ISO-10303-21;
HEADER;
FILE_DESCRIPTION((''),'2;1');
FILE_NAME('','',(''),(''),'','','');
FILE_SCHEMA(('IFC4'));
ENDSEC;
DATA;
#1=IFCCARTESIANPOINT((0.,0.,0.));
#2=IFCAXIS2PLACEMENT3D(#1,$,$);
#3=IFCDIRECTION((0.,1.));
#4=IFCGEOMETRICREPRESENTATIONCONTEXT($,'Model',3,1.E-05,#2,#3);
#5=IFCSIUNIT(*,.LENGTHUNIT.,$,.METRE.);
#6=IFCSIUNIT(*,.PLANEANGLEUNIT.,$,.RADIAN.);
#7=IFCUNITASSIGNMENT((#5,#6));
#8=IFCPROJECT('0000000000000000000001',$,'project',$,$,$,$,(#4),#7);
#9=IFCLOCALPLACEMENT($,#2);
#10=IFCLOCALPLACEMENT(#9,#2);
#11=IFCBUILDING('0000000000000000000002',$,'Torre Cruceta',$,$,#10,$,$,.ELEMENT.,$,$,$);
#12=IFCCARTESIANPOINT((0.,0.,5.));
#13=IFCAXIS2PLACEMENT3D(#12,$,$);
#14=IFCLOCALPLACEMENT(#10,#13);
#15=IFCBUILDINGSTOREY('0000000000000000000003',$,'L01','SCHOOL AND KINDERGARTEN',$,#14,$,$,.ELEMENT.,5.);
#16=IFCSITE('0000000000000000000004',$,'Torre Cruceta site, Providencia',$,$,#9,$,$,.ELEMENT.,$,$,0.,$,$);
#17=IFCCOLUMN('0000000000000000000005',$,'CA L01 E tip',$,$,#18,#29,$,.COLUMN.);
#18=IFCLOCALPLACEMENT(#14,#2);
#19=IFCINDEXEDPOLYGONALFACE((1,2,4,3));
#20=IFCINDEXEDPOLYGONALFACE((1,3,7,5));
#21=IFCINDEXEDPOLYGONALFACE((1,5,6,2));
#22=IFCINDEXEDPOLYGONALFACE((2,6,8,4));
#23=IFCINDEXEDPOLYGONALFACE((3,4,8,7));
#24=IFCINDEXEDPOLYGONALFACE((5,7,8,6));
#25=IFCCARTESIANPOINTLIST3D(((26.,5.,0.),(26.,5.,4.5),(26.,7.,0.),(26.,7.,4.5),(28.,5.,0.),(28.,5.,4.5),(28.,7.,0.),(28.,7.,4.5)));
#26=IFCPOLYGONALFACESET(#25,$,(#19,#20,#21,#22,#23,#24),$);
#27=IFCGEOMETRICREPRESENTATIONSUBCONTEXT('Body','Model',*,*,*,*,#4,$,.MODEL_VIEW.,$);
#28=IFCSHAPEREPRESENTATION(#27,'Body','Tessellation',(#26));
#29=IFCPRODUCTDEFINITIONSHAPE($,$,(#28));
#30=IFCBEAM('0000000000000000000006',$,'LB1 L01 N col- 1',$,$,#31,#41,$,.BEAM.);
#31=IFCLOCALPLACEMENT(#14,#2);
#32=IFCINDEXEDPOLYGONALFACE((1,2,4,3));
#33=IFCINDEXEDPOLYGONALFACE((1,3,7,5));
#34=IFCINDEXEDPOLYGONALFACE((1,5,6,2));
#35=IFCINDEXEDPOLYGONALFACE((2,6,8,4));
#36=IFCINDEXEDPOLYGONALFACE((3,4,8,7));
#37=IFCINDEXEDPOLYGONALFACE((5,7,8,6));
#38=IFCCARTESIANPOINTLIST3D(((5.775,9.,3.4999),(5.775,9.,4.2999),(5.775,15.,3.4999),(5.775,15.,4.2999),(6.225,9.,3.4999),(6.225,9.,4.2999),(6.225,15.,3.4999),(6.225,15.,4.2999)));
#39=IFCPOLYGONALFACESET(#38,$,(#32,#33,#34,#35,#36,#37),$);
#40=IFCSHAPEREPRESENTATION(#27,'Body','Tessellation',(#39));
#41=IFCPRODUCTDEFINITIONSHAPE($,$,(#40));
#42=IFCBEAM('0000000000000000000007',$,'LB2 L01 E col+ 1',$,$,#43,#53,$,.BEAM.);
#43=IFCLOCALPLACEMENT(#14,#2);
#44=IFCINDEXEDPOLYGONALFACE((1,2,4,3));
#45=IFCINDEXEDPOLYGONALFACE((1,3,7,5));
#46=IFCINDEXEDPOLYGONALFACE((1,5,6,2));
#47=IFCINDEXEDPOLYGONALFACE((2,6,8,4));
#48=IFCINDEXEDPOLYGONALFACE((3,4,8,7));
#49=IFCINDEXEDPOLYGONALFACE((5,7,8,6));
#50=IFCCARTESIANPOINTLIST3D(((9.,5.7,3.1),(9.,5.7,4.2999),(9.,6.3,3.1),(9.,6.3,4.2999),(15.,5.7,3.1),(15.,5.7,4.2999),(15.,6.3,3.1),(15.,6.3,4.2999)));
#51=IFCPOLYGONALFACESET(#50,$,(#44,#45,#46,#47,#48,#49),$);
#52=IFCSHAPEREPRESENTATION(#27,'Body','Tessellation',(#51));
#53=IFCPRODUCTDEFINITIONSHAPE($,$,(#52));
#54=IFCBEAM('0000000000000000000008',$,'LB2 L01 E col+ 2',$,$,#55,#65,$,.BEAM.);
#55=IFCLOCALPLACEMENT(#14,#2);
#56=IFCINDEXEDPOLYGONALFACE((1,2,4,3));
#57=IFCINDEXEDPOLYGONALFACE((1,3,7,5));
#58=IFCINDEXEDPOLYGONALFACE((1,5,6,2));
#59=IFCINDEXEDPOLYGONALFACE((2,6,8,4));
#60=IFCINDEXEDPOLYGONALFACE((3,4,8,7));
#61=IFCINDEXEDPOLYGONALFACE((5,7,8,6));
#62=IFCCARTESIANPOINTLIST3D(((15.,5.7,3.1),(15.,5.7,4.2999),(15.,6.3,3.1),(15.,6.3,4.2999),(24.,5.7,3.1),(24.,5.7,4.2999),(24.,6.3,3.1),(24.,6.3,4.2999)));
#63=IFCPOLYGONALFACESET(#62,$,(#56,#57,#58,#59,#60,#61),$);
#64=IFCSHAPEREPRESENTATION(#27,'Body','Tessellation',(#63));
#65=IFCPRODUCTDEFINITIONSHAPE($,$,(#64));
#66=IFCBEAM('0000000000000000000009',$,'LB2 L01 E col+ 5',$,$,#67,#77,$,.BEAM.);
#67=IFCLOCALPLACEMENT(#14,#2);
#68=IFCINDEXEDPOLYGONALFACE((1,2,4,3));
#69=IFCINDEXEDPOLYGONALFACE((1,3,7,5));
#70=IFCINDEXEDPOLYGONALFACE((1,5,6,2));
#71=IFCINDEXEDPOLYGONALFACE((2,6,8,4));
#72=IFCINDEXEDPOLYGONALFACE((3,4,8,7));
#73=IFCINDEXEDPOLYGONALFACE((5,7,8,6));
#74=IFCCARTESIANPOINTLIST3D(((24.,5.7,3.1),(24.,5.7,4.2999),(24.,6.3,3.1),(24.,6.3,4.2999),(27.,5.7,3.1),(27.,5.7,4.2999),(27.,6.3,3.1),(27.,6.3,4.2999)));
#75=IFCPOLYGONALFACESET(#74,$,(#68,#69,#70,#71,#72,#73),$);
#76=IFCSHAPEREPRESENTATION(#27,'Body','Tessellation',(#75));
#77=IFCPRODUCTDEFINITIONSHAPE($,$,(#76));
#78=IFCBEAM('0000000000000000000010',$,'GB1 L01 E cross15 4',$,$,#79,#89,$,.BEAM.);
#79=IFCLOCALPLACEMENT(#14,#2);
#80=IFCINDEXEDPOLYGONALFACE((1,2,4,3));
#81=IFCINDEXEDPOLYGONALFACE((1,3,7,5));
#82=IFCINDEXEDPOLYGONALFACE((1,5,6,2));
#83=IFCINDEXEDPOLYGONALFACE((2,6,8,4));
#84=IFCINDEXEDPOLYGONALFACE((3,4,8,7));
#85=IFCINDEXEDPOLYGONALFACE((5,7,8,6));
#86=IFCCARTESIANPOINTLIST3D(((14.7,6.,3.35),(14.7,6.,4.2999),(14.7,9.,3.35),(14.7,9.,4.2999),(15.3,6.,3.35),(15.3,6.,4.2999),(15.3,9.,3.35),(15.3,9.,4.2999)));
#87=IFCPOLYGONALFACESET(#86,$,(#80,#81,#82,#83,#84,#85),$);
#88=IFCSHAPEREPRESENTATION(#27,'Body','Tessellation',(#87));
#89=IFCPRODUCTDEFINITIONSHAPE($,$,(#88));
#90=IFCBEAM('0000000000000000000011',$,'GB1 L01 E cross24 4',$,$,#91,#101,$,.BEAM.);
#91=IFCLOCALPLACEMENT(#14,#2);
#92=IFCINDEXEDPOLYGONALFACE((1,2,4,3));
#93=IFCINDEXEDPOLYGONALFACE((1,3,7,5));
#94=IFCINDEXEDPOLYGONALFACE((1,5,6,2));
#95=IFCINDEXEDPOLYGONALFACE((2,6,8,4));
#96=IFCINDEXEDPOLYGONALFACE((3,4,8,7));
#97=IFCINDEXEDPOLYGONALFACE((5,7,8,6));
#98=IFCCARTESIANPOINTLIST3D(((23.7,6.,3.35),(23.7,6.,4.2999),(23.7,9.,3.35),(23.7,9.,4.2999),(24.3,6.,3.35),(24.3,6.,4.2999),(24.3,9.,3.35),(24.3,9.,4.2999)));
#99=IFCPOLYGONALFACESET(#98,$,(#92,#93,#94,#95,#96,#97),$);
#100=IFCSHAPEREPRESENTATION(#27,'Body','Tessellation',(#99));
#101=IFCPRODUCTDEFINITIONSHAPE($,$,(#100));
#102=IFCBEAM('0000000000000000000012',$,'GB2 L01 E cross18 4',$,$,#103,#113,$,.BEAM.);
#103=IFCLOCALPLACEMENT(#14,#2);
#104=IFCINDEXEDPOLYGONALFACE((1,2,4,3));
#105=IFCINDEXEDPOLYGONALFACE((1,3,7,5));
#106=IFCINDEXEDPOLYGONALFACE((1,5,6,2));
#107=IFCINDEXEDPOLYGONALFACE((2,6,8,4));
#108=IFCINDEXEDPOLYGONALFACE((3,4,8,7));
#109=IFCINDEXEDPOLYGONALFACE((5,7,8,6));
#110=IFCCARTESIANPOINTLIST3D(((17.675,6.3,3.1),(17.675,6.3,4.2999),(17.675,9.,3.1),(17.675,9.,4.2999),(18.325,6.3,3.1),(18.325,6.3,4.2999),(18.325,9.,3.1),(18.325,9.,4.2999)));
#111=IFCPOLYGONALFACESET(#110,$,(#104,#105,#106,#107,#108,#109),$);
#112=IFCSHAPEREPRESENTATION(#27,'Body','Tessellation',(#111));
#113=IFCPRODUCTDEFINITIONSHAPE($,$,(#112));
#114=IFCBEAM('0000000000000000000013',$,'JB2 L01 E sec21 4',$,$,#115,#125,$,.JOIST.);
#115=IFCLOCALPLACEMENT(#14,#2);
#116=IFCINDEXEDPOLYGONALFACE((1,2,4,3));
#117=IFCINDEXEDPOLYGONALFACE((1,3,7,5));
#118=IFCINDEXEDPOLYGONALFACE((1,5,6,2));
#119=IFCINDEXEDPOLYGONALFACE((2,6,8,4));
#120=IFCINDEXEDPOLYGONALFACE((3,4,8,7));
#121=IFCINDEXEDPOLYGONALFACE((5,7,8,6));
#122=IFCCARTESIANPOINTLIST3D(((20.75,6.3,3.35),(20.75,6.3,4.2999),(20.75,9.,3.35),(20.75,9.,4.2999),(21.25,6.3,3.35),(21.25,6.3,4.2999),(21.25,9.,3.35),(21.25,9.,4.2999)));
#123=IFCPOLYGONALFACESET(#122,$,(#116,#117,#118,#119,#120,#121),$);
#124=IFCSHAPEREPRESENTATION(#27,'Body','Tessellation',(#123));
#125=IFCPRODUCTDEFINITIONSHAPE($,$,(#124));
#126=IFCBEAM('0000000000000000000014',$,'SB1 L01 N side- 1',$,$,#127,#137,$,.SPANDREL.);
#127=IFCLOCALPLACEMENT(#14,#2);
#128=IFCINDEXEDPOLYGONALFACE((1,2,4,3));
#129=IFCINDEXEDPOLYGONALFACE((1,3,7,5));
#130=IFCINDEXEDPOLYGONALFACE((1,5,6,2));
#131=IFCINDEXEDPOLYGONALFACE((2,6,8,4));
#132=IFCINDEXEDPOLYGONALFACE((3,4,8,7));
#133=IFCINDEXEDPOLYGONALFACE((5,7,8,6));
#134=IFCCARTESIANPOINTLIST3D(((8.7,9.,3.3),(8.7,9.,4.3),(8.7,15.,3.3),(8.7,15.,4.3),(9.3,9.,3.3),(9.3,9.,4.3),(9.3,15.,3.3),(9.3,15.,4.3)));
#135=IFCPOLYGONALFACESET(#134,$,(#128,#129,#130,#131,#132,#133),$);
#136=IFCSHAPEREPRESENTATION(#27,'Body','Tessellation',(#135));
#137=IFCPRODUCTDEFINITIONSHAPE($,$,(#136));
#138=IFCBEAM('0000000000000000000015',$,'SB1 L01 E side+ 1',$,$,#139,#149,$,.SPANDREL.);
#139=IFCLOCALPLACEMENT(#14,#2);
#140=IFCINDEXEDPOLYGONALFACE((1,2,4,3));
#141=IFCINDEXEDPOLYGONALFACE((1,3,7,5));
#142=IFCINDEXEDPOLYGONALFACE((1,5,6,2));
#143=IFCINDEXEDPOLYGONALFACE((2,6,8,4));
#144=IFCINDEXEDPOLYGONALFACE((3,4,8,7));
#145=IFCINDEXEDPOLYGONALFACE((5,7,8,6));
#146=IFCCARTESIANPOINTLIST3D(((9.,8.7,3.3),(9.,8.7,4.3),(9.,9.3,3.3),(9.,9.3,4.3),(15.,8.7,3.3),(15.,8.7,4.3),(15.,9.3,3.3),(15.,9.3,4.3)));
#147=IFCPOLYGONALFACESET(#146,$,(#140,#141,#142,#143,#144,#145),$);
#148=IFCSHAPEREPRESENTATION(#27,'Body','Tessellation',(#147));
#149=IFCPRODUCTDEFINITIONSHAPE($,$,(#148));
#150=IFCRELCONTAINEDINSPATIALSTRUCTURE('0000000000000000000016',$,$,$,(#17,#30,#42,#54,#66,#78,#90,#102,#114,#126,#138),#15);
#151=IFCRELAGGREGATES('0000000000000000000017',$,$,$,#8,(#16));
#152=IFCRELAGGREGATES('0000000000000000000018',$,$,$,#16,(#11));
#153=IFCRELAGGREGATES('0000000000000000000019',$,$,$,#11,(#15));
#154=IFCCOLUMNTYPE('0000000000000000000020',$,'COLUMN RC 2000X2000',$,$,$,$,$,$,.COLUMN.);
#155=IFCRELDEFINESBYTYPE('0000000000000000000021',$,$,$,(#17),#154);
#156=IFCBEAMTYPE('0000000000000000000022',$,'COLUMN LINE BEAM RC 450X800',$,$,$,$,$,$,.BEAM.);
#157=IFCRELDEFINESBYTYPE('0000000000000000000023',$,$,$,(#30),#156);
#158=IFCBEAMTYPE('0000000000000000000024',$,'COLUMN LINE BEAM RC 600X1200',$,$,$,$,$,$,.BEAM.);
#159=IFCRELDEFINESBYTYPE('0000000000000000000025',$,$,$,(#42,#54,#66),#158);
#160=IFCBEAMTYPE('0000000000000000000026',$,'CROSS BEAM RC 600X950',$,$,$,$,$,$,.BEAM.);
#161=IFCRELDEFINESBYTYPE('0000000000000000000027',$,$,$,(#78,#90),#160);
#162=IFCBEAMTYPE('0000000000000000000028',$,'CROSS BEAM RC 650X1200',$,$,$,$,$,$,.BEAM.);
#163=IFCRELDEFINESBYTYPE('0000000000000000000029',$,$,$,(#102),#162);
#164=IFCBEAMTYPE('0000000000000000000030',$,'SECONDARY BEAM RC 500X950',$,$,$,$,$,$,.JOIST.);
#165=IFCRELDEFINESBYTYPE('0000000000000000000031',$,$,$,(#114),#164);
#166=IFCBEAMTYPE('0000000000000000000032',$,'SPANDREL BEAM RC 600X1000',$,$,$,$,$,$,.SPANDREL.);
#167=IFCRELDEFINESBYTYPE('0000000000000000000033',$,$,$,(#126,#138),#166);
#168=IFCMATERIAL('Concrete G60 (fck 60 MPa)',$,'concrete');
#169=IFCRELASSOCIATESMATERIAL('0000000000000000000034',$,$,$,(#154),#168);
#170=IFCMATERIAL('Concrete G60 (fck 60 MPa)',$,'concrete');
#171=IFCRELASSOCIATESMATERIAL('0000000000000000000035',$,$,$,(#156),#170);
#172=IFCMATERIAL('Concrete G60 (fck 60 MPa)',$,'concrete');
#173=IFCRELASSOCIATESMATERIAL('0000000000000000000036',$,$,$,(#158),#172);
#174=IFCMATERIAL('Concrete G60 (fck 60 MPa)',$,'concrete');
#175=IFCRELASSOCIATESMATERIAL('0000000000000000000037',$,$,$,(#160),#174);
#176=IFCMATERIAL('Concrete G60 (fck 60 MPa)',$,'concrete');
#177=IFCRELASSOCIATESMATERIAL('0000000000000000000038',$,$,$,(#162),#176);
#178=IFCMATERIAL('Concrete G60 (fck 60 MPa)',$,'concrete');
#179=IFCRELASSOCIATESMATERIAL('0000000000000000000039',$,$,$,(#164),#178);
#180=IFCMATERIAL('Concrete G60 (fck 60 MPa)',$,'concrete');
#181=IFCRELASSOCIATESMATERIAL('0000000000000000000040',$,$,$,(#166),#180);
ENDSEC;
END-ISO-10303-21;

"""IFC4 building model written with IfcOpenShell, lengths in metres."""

from ifc_helpers import new_model, si_unit, direction, frame, origin, origin_2d, place, context, subcontext, project, spatial, rectangle, extrude, material, material_profile, profile_set, type_object, element, save


model = new_model("IFC4")

# Units and contexts
model_context = context("Model", 3, precision=1e-05, world=origin(), true_north=direction((0.0, 1.0)))
body_context = subcontext(model_context, "Body", "Model", "MODEL_VIEW")
ifc_project = project(units=[si_unit("LENGTHUNIT", "METRE"), si_unit("PLANEANGLEUNIT", "RADIAN")], contexts=[model_context])

# Site, building, storey
site_placement = place(None, origin())
site = spatial("IfcSite", under=ifc_project, at=site_placement, Name="Torre Cruceta site, Providencia", CompositionType="ELEMENT", RefElevation=0.0)
building_placement = place(site_placement, origin())
building = spatial("IfcBuilding", under=site, at=building_placement, Name="Torre Cruceta", CompositionType="ELEMENT")
storey_placement = place(building_placement, frame((0.0, 0.0, 5.0)))
storey = spatial("IfcBuildingStorey", under=building, at=storey_placement, Name="L01", Description="SCHOOL AND KINDERGARTEN", CompositionType="ELEMENT", Elevation=5.0)

# Column
ifc_material_1 = material(Name="Concrete G60 (fck 60 MPa)", Category="concrete")
ifc_material_profile_1 = material_profile(ifc_material_1, rectangle(XDim=2.0, YDim=2.0, at=origin_2d()), Name="RC 2000X2000")
ifc_profile_set_1 = profile_set([ifc_material_profile_1], Name="Concrete G60 (fck 60 MPa)")
column_type = type_object("IfcColumnType", Name="COLUMN RC 2000X2000", PredefinedType="COLUMN", material=ifc_profile_set_1)
column_placement = place(storey_placement, frame((27.0, 6.0, 0.0), z_axis=(0.0, 0.0, 1.0), x_axis=(1.0, 0.0, 0.0)))
element("IfcColumn", 1, at=column_placement, inside=storey, type_object=column_type, Name="CA L01 E tip", PredefinedType="COLUMN", context=body_context, shape_type="SweptSolid", body=[
    extrude(rectangle(XDim=2.0, YDim=2.0, at=origin_2d()), origin(), (0.0, 0.0, 1.0), 4.5),
])

# Beams
ifc_material_2 = material(Name="Concrete G60 (fck 60 MPa)", Category="concrete")
ifc_material_profile_2 = material_profile(ifc_material_2, rectangle(XDim=0.45, YDim=0.8, at=origin_2d()), Name="RC 450X800")
ifc_profile_set_2 = profile_set([ifc_material_profile_2], Name="Concrete G60 (fck 60 MPa)")
beam_type_1 = type_object("IfcBeamType", Name="COLUMN LINE BEAM RC 450X800", PredefinedType="BEAM", material=ifc_profile_set_2)
beam_1_placement = place(storey_placement, frame((6.0, 9.0, 3.8999), z_axis=(0.0, 1.0, 0.0), x_axis=(-1.0, 0.0, 0.0)))
element("IfcBeam", 2, at=beam_1_placement, inside=storey, type_object=beam_type_1, Name="LB1 L01 N col- 1", PredefinedType="BEAM", context=body_context, shape_type="SweptSolid", body=[
    extrude(rectangle(XDim=0.45, YDim=0.8, at=origin_2d()), origin(), (0.0, 0.0, 1.0), 6.0),
])
ifc_material_3 = material(Name="Concrete G60 (fck 60 MPa)", Category="concrete")
ifc_material_profile_3 = material_profile(ifc_material_3, rectangle(XDim=0.6001, YDim=1.2, at=origin_2d()), Name="RC 600X1200")
ifc_profile_set_3 = profile_set([ifc_material_profile_3], Name="Concrete G60 (fck 60 MPa)")
beam_type_2 = type_object("IfcBeamType", Name="COLUMN LINE BEAM RC 600X1200", PredefinedType="BEAM", material=ifc_profile_set_3)
beam_2_placement = place(storey_placement, frame((9.0, 6.0, 3.7), z_axis=(1.0, 0.0, 0.0), x_axis=(0.0, 1.0, 0.0)))
element("IfcBeam", 3, at=beam_2_placement, inside=storey, type_object=beam_type_2, Name="LB2 L01 E col+ 1", PredefinedType="BEAM", context=body_context, shape_type="SweptSolid", body=[
    extrude(rectangle(XDim=0.6001, YDim=1.2, at=origin_2d()), origin(), (0.0, 0.0, 1.0), 6.0),
])
beam_3_placement = place(storey_placement, frame((15.0, 6.0, 3.7), z_axis=(1.0, 0.0, 0.0), x_axis=(0.0, 1.0, 0.0)))
element("IfcBeam", 4, at=beam_3_placement, inside=storey, type_object=beam_type_2, Name="LB2 L01 E col+ 2", PredefinedType="BEAM", context=body_context, shape_type="SweptSolid", body=[
    extrude(rectangle(XDim=0.6001, YDim=1.2, at=origin_2d()), origin(), (0.0, 0.0, 1.0), 9.0),
])
beam_4_placement = place(storey_placement, frame((24.0, 6.0, 3.7), z_axis=(1.0, 0.0, 0.0), x_axis=(0.0, 1.0, 0.0)))
element("IfcBeam", 5, at=beam_4_placement, inside=storey, type_object=beam_type_2, Name="LB2 L01 E col+ 5", PredefinedType="BEAM", context=body_context, shape_type="SweptSolid", body=[
    extrude(rectangle(XDim=0.6001, YDim=1.2, at=origin_2d()), origin(), (0.0, 0.0, 1.0), 3.0),
])
ifc_material_4 = material(Name="Concrete G60 (fck 60 MPa)", Category="concrete")
ifc_material_profile_4 = material_profile(ifc_material_4, rectangle(XDim=0.6001, YDim=0.95, at=origin_2d()), Name="RC 600X950")
ifc_profile_set_4 = profile_set([ifc_material_profile_4], Name="Concrete G60 (fck 60 MPa)")
beam_type_3 = type_object("IfcBeamType", Name="CROSS BEAM RC 600X950", PredefinedType="BEAM", material=ifc_profile_set_4)
for number, where, z_axis, x_axis, name in (
    (6, (15.0, 6.0, 3.825), (0.0, 1.0, 0.0), (-1.0, 0.0, 0.0), "GB1 L01 E cross15 4"),
    (7, (24.0, 6.0, 3.825), (0.0, 1.0, 0.0), (-1.0, 0.0, 0.0), "GB1 L01 E cross24 4"),
):
    element("IfcBeam", number, at=place(storey_placement, frame(where, z_axis=z_axis, x_axis=x_axis)), inside=storey, type_object=beam_type_3, Name=name, PredefinedType="BEAM", context=body_context, shape_type="SweptSolid", body=[
        extrude(rectangle(XDim=0.6001, YDim=0.95, at=origin_2d()), origin(), (0.0, 0.0, 1.0), 3.0),
    ])
ifc_material_5 = material(Name="Concrete G60 (fck 60 MPa)", Category="concrete")
ifc_material_profile_5 = material_profile(ifc_material_5, rectangle(XDim=0.6499, YDim=1.2, at=origin_2d()), Name="RC 650X1200")
ifc_profile_set_5 = profile_set([ifc_material_profile_5], Name="Concrete G60 (fck 60 MPa)")
beam_type_4 = type_object("IfcBeamType", Name="CROSS BEAM RC 650X1200", PredefinedType="BEAM", material=ifc_profile_set_5)
beam_5_placement = place(storey_placement, frame((18.0, 6.3, 3.7), z_axis=(0.0, 1.0, 0.0), x_axis=(-1.0, 0.0, 0.0)))
element("IfcBeam", 8, at=beam_5_placement, inside=storey, type_object=beam_type_4, Name="GB2 L01 E cross18 4", PredefinedType="BEAM", context=body_context, shape_type="SweptSolid", body=[
    extrude(rectangle(XDim=0.6499, YDim=1.2, at=origin_2d()), origin(), (0.0, 0.0, 1.0), 2.7),
])
ifc_material_6 = material(Name="Concrete G60 (fck 60 MPa)", Category="concrete")
ifc_material_profile_6 = material_profile(ifc_material_6, rectangle(XDim=0.5, YDim=0.95, at=origin_2d()), Name="RC 500X950")
ifc_profile_set_6 = profile_set([ifc_material_profile_6], Name="Concrete G60 (fck 60 MPa)")
beam_type_5 = type_object("IfcBeamType", Name="SECONDARY BEAM RC 500X950", PredefinedType="JOIST", material=ifc_profile_set_6)
beam_6_placement = place(storey_placement, frame((21.0, 6.3, 3.825), z_axis=(0.0, 1.0, 0.0), x_axis=(-1.0, 0.0, 0.0)))
element("IfcBeam", 9, at=beam_6_placement, inside=storey, type_object=beam_type_5, Name="JB2 L01 E sec21 4", PredefinedType="JOIST", context=body_context, shape_type="SweptSolid", body=[
    extrude(rectangle(XDim=0.5, YDim=0.95, at=origin_2d()), origin(), (0.0, 0.0, 1.0), 2.7),
])
ifc_material_7 = material(Name="Concrete G60 (fck 60 MPa)", Category="concrete")
ifc_material_profile_7 = material_profile(ifc_material_7, rectangle(XDim=0.6001, YDim=1.0, at=origin_2d()), Name="RC 600X1000")
ifc_profile_set_7 = profile_set([ifc_material_profile_7], Name="Concrete G60 (fck 60 MPa)")
beam_type_6 = type_object("IfcBeamType", Name="SPANDREL BEAM RC 600X1000", PredefinedType="SPANDREL", material=ifc_profile_set_7)
for number, where, z_axis, x_axis, name in (
    (10, (9.0, 9.0, 3.8), (0.0, 1.0, 0.0), (-1.0, 0.0, 0.0), "SB1 L01 N side- 1"),
    (11, (9.0, 9.0, 3.8), (1.0, 0.0, 0.0), (0.0, 1.0, 0.0), "SB1 L01 E side+ 1"),
):
    element("IfcBeam", number, at=place(storey_placement, frame(where, z_axis=z_axis, x_axis=x_axis)), inside=storey, type_object=beam_type_6, Name=name, PredefinedType="SPANDREL", context=body_context, shape_type="SweptSolid", body=[
        extrude(rectangle(XDim=0.6001, YDim=1.0, at=origin_2d()), origin(), (0.0, 0.0, 1.0), 6.0),
    ])

save(model, "model.ifc")
